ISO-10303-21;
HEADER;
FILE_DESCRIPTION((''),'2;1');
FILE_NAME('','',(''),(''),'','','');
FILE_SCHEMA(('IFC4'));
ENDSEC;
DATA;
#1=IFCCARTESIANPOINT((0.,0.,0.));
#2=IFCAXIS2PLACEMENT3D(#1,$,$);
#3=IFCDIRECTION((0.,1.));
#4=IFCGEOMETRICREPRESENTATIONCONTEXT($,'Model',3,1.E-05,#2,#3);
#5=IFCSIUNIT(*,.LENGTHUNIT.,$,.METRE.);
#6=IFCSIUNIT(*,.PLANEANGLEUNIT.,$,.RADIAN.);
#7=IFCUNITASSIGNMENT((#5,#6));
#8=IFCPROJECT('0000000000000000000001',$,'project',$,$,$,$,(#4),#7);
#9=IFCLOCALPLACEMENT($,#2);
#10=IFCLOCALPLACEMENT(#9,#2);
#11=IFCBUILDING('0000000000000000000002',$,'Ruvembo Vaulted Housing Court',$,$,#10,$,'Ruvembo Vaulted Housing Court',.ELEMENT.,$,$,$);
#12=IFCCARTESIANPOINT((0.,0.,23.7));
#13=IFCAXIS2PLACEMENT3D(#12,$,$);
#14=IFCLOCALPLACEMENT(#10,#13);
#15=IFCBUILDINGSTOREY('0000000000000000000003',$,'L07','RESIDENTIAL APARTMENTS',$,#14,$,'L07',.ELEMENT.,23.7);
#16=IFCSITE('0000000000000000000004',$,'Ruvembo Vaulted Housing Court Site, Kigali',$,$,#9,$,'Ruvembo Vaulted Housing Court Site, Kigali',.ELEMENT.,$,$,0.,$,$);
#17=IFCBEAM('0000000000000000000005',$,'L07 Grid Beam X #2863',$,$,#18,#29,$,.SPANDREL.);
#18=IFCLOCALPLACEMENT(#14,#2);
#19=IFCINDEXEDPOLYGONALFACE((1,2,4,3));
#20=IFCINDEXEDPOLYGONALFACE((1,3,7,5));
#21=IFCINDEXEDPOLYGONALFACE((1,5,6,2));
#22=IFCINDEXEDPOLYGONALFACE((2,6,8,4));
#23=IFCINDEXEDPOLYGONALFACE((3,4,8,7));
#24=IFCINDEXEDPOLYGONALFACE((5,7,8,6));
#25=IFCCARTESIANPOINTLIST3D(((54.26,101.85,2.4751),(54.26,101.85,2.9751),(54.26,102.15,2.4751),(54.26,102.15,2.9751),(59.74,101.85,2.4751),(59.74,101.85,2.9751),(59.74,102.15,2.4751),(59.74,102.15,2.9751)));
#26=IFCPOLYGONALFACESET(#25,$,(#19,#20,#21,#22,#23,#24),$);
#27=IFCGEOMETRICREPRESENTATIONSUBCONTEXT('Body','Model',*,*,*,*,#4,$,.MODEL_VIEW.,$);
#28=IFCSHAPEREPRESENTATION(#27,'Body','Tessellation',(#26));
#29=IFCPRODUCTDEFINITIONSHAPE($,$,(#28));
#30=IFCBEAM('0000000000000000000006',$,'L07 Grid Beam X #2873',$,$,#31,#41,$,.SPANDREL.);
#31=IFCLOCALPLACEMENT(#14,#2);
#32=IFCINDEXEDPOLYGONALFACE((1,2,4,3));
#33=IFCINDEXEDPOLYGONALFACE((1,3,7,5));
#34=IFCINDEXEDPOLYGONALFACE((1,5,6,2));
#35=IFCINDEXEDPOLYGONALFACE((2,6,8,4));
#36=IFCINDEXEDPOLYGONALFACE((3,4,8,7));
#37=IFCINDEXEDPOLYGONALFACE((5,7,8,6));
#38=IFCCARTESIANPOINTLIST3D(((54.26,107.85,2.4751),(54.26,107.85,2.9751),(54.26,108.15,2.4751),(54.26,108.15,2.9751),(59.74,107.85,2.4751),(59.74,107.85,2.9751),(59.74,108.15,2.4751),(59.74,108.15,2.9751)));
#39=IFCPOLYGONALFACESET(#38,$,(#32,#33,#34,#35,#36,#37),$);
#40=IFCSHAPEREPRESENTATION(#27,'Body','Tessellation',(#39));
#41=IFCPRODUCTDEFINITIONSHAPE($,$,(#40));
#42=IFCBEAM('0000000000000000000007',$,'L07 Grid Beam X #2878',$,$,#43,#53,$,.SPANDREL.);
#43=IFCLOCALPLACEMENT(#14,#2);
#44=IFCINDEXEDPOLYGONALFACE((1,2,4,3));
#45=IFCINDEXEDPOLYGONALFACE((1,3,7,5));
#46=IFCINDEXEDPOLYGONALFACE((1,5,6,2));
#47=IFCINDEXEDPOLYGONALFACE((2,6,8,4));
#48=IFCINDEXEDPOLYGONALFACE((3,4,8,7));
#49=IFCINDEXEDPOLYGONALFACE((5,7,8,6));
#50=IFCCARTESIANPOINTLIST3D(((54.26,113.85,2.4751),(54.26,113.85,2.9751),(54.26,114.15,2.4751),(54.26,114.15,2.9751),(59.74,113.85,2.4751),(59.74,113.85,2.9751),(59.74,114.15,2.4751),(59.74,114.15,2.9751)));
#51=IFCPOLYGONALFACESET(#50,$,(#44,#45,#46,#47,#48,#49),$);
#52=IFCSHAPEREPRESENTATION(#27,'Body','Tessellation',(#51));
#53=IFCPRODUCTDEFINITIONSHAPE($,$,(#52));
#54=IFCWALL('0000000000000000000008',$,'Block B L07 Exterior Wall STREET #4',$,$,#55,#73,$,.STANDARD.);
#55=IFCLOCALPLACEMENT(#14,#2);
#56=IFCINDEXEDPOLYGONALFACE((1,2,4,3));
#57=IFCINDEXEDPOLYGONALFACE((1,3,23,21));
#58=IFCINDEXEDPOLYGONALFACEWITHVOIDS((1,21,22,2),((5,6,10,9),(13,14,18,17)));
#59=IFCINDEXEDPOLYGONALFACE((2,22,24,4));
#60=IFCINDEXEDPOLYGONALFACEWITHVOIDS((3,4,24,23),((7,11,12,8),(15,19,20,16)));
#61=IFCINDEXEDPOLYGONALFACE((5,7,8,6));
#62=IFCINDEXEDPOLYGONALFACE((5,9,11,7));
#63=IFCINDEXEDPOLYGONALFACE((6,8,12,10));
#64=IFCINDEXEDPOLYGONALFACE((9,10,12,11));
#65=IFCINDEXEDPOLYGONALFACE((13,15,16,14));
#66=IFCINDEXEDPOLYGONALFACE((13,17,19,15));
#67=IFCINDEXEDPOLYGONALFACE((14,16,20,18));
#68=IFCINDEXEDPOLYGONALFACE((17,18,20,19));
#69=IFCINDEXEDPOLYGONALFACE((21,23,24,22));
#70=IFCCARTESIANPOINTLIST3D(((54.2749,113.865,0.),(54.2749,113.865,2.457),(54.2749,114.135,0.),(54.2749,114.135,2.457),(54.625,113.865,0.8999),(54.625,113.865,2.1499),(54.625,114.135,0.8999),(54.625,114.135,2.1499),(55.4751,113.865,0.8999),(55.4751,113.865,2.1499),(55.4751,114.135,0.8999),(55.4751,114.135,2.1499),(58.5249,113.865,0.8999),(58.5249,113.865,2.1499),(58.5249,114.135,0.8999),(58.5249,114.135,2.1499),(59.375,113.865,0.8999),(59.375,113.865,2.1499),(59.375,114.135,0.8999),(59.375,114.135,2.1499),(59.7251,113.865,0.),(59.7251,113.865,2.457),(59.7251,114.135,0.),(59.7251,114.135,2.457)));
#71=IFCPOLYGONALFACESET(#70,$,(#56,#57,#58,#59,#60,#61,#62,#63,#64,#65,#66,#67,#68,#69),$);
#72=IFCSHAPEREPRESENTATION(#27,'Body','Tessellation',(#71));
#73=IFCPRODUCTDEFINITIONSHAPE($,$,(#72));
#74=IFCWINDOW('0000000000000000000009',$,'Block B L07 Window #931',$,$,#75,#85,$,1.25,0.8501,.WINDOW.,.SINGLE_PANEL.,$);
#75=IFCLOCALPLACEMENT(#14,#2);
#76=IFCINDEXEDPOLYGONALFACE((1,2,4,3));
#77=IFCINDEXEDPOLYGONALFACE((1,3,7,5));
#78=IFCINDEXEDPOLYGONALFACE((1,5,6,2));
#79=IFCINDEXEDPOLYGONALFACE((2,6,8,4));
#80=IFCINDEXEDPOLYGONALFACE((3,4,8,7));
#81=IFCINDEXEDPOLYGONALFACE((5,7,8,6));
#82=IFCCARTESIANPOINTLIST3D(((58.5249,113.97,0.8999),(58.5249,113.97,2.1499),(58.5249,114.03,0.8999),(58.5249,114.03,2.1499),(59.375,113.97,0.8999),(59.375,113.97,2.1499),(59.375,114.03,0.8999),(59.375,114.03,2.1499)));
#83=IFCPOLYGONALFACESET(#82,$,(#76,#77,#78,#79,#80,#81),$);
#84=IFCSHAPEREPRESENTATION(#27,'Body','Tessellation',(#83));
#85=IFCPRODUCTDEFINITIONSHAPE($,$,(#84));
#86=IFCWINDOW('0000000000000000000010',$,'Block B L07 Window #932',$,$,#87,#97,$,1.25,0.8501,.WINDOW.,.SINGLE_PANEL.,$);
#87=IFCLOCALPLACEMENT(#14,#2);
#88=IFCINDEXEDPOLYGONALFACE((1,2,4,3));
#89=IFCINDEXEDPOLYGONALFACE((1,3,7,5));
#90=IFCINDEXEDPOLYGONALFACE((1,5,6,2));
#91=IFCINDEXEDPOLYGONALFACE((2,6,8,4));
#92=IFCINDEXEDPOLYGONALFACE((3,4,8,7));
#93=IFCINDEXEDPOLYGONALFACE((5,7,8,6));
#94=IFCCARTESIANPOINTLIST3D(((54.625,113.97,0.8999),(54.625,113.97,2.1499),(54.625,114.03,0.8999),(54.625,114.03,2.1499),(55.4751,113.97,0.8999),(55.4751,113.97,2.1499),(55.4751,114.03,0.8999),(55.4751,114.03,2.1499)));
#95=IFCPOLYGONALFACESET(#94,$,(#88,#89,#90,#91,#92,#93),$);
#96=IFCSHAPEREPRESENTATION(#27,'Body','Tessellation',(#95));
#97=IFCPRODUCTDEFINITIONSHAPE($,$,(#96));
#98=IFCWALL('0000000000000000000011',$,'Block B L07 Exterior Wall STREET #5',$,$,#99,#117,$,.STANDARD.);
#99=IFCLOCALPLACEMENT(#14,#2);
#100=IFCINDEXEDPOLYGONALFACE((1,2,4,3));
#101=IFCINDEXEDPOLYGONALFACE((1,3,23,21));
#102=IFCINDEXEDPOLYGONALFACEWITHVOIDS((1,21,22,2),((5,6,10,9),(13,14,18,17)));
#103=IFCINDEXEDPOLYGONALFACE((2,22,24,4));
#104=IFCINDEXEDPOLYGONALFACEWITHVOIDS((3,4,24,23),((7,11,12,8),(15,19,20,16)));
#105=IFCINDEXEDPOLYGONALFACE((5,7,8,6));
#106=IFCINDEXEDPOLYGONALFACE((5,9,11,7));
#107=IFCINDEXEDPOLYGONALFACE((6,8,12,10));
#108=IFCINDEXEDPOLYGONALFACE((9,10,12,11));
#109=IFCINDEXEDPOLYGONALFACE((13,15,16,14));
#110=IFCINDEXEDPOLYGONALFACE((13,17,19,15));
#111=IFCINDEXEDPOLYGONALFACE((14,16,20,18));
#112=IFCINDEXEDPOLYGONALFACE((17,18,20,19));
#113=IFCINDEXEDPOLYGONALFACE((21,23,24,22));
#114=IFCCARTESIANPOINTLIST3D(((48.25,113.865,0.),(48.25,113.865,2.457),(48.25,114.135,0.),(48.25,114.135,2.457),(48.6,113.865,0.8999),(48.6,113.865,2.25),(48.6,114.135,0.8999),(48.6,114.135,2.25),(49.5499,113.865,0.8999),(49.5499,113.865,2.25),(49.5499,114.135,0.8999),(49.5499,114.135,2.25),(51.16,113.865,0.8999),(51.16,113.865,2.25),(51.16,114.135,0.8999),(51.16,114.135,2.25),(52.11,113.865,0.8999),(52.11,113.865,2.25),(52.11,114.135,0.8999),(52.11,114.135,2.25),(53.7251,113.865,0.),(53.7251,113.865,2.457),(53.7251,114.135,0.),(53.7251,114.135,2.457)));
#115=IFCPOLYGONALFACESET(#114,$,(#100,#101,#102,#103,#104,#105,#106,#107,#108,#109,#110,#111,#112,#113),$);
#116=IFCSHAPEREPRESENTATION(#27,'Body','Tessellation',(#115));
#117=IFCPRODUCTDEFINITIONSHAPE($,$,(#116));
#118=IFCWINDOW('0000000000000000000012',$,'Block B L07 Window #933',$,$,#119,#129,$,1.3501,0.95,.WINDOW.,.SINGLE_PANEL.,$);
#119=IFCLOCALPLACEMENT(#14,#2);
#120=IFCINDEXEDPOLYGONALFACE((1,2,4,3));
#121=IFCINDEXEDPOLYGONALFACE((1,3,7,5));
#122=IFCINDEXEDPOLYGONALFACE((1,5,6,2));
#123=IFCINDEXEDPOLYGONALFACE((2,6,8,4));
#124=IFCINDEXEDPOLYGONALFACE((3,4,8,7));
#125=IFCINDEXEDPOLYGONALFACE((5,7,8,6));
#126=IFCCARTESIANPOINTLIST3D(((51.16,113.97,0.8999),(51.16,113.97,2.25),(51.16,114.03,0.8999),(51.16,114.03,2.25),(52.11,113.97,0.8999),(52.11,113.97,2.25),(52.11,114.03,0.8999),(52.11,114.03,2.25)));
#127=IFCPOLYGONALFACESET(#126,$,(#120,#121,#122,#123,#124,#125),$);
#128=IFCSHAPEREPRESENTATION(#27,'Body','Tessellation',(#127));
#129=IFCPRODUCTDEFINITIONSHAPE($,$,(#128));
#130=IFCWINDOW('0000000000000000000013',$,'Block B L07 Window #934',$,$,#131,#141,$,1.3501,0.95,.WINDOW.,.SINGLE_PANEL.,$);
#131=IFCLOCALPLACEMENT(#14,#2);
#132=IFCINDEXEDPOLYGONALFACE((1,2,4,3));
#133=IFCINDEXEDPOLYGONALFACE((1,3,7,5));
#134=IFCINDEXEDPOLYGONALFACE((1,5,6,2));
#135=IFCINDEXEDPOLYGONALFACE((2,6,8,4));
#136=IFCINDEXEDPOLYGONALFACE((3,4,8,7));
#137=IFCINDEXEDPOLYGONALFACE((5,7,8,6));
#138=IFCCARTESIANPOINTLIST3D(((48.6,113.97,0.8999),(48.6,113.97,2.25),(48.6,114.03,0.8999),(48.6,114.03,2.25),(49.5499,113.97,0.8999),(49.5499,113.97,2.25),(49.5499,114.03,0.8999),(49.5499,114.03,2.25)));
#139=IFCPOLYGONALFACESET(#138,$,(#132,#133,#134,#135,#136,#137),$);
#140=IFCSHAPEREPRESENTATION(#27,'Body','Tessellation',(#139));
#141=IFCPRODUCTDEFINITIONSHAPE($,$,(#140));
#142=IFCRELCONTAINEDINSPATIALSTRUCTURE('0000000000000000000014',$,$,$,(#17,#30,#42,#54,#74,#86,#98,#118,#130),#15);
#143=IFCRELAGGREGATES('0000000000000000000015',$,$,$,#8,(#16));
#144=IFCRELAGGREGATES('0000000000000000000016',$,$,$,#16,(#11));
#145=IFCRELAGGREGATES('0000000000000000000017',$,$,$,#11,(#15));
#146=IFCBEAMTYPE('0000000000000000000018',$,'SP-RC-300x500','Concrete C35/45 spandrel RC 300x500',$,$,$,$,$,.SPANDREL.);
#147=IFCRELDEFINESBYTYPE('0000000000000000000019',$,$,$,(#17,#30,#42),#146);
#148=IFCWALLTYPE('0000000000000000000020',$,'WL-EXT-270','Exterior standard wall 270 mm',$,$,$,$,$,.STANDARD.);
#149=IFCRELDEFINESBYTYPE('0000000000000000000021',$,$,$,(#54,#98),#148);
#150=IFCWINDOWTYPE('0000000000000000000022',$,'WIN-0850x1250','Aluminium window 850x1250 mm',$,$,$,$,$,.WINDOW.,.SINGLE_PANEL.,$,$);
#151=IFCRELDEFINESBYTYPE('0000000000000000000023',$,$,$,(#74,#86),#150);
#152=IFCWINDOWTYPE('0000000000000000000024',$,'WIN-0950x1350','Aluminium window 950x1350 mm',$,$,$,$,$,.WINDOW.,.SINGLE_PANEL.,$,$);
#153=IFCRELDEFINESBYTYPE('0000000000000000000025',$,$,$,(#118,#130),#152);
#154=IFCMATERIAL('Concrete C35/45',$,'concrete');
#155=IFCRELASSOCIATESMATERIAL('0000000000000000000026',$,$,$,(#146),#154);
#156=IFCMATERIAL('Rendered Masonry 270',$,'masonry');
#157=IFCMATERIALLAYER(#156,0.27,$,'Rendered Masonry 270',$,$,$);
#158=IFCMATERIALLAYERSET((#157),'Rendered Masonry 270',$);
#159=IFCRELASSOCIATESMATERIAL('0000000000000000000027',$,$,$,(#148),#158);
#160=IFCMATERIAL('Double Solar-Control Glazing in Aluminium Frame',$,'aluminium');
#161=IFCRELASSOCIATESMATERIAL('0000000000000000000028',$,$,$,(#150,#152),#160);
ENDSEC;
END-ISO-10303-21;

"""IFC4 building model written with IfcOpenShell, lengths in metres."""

from ifc_helpers import new_model, si_unit, direction, frame, frame_2d, origin, origin_2d, place, context, subcontext, project, spatial, rectangle, extrude, material, layer, layer_set, material_profile, profile_set, type_object, element, fill, save


model = new_model("IFC4")

# Units and contexts
model_context = context("Model", 3, precision=1e-05, world=origin(), true_north=direction((0.0, 1.0)))
body_context = subcontext(model_context, "Body", "Model", "MODEL_VIEW")
ifc_project = project(units=[si_unit("LENGTHUNIT", "METRE"), si_unit("PLANEANGLEUNIT", "RADIAN")], contexts=[model_context])

# Site, building, storey
site_placement = place(None, origin())
site = spatial("IfcSite", under=ifc_project, at=site_placement, Name="Ruvembo Vaulted Housing Court Site, Kigali", LongName="Ruvembo Vaulted Housing Court Site, Kigali", CompositionType="ELEMENT", RefElevation=0.0)
building_placement = place(site_placement, origin())
building = spatial("IfcBuilding", under=site, at=building_placement, Name="Ruvembo Vaulted Housing Court", LongName="Ruvembo Vaulted Housing Court", CompositionType="ELEMENT")
storey_placement = place(building_placement, frame((0.0, 0.0, 23.7)))
storey = spatial("IfcBuildingStorey", under=building, at=storey_placement, Name="L07", Description="RESIDENTIAL APARTMENTS", LongName="L07", CompositionType="ELEMENT", Elevation=23.7)

# Shared definitions
ifc_material_1 = material(Name="Concrete C35/45", Category="concrete")

# Beams
ifc_material_profile_1 = material_profile(ifc_material_1, rectangle(XDim=0.3, YDim=0.5, at=origin_2d()), Name="RC 300x500")
ifc_profile_set_1 = profile_set([ifc_material_profile_1], Name="Concrete C35/45")
beam_type_1 = type_object("IfcBeamType", Name="SP-RC-300x500", Description="Concrete C35/45 spandrel RC 300x500", PredefinedType="SPANDREL", material=ifc_profile_set_1)
for number, where, z_axis, x_axis, name in (
    (1, (54.26, 102.0, 2.7251), (1.0, 0.0, 0.0), (0.0, 1.0, 0.0), "L07 Grid Beam X #2863"),
    (2, (54.26, 108.0, 2.7251), (1.0, 0.0, 0.0), (0.0, 1.0, 0.0), "L07 Grid Beam X #2873"),
    (3, (54.26, 114.0, 2.7251), (1.0, 0.0, 0.0), (0.0, 1.0, 0.0), "L07 Grid Beam X #2878"),
):
    element("IfcBeam", number, at=place(storey_placement, frame(where, z_axis=z_axis, x_axis=x_axis)), inside=storey, type_object=beam_type_1, Name=name, PredefinedType="SPANDREL", context=body_context, shape_type="SweptSolid", body=[
        extrude(rectangle(XDim=0.3, YDim=0.5, at=origin_2d()), origin(), (0.0, 0.0, 1.0), 5.48),
    ])

# Walls, openings, windows
ifc_material_2 = material(Name="Rendered Masonry 270", Category="masonry")
ifc_layer = layer(ifc_material_2, 0.27, Name="Rendered Masonry 270")
ifc_layer_set = layer_set([ifc_layer], Name="Rendered Masonry 270")
wall_type = type_object("IfcWallType", Name="WL-EXT-270", Description="Exterior standard wall 270 mm", PredefinedType="STANDARD", material=ifc_layer_set)
wall_1_placement = place(storey_placement, frame((59.7251, 114.0, 0.0), z_axis=(0.0, 0.0, 1.0), x_axis=(-1.0, 0.0, 0.0)))
wall_1 = element("IfcWall", 4, at=wall_1_placement, inside=storey, type_object=wall_type, Name="Block B L07 Exterior Wall STREET #4", PredefinedType="STANDARD", context=body_context, shape_type="SweptSolid", body=[
    extrude(rectangle(XDim=5.4502, YDim=0.27, at=frame_2d((2.7251, 0.0))), origin(), (0.0, 0.0, 1.0), 2.457),
])
opening_1_placement = place(wall_1_placement, frame((0.3501, 0.0, 0.8999)))
opening_1 = element("IfcOpeningElement", 5, at=opening_1_placement, cuts=wall_1, PredefinedType="OPENING", context=body_context, shape_type="SweptSolid", body=[
    extrude(rectangle(XDim=0.8501, YDim=1.25, at=frame_2d((0.425, 0.625))), frame((0.0, 0.145, 0.0), z_axis=(0.0, -1.0, 0.0), x_axis=(1.0, 0.0, 0.0)), (0.0, 0.0, 1.0), 0.29),
])
opening_2_placement = place(wall_1_placement, frame((4.25, 0.0, 0.8999)))
opening_2 = element("IfcOpeningElement", 6, at=opening_2_placement, cuts=wall_1, PredefinedType="OPENING", context=body_context, shape_type="SweptSolid", body=[
    extrude(rectangle(XDim=0.8501, YDim=1.25, at=frame_2d((0.425, 0.625))), frame((0.0, 0.145, 0.0), z_axis=(0.0, -1.0, 0.0), x_axis=(1.0, 0.0, 0.0)), (0.0, 0.0, 1.0), 0.29),
])
ifc_material_3 = material(Name="Double Solar-Control Glazing in Aluminium Frame", Category="aluminium")
window_type_1 = type_object("IfcWindowType", Name="WIN-0850x1250", Description="Aluminium window 850x1250 mm", PartitioningType="SINGLE_PANEL", PredefinedType="WINDOW", material=ifc_material_3)
window_1_placement = place(opening_1_placement, origin())
window_1 = element("IfcWindow", 7, at=window_1_placement, inside=storey, type_object=window_type_1, Name="Block B L07 Window #931", OverallHeight=1.25, OverallWidth=0.8501, PartitioningType="SINGLE_PANEL", PredefinedType="WINDOW", context=body_context, shape_type="SweptSolid", body=[
    extrude(rectangle(XDim=0.8501, YDim=1.25, at=frame_2d((0.425, 0.625))), frame((0.0, 0.03, 0.0), z_axis=(0.0, -1.0, 0.0), x_axis=(1.0, 0.0, 0.0)), (0.0, 0.0, 1.0), 0.0601),
])
fill(opening_1, window_1)
window_2_placement = place(opening_2_placement, origin())
window_2 = element("IfcWindow", 8, at=window_2_placement, inside=storey, type_object=window_type_1, Name="Block B L07 Window #932", OverallHeight=1.25, OverallWidth=0.8501, PartitioningType="SINGLE_PANEL", PredefinedType="WINDOW", context=body_context, shape_type="SweptSolid", body=[
    extrude(rectangle(XDim=0.8501, YDim=1.25, at=frame_2d((0.425, 0.625))), frame((0.0, 0.03, 0.0), z_axis=(0.0, -1.0, 0.0), x_axis=(1.0, 0.0, 0.0)), (0.0, 0.0, 1.0), 0.0601),
])
fill(opening_2, window_2)
wall_2_placement = place(storey_placement, frame((53.7251, 114.0, 0.0), z_axis=(0.0, 0.0, 1.0), x_axis=(-1.0, 0.0, 0.0)))
wall_2 = element("IfcWall", 9, at=wall_2_placement, inside=storey, type_object=wall_type, Name="Block B L07 Exterior Wall STREET #5", PredefinedType="STANDARD", context=body_context, shape_type="SweptSolid", body=[
    extrude(rectangle(XDim=5.4751, YDim=0.27, at=frame_2d((2.7375, 0.0))), origin(), (0.0, 0.0, 1.0), 2.457),
])
opening_3_placement = place(wall_2_placement, frame((1.615, 0.0, 0.8999)))
opening_3 = element("IfcOpeningElement", 10, at=opening_3_placement, cuts=wall_2, PredefinedType="OPENING", context=body_context, shape_type="SweptSolid", body=[
    extrude(rectangle(XDim=0.95, YDim=1.3501, at=frame_2d((0.4751, 0.675))), frame((0.0, 0.145, 0.0), z_axis=(0.0, -1.0, 0.0), x_axis=(1.0, 0.0, 0.0)), (0.0, 0.0, 1.0), 0.29),
])
opening_4_placement = place(wall_2_placement, frame((4.175, 0.0, 0.8999)))
opening_4 = element("IfcOpeningElement", 11, at=opening_4_placement, cuts=wall_2, PredefinedType="OPENING", context=body_context, shape_type="SweptSolid", body=[
    extrude(rectangle(XDim=0.95, YDim=1.3501, at=frame_2d((0.4751, 0.675))), frame((0.0, 0.145, 0.0), z_axis=(0.0, -1.0, 0.0), x_axis=(1.0, 0.0, 0.0)), (0.0, 0.0, 1.0), 0.29),
])
window_type_2 = type_object("IfcWindowType", Name="WIN-0950x1350", Description="Aluminium window 950x1350 mm", PartitioningType="SINGLE_PANEL", PredefinedType="WINDOW", material=ifc_material_3)
window_3_placement = place(opening_3_placement, origin())
window_3 = element("IfcWindow", 12, at=window_3_placement, inside=storey, type_object=window_type_2, Name="Block B L07 Window #933", OverallHeight=1.3501, OverallWidth=0.95, PartitioningType="SINGLE_PANEL", PredefinedType="WINDOW", context=body_context, shape_type="SweptSolid", body=[
    extrude(rectangle(XDim=0.95, YDim=1.3501, at=frame_2d((0.4751, 0.675))), frame((0.0, 0.03, 0.0), z_axis=(0.0, -1.0, 0.0), x_axis=(1.0, 0.0, 0.0)), (0.0, 0.0, 1.0), 0.0601),
])
fill(opening_3, window_3)
window_4_placement = place(opening_4_placement, origin())
window_4 = element("IfcWindow", 13, at=window_4_placement, inside=storey, type_object=window_type_2, Name="Block B L07 Window #934", OverallHeight=1.3501, OverallWidth=0.95, PartitioningType="SINGLE_PANEL", PredefinedType="WINDOW", context=body_context, shape_type="SweptSolid", body=[
    extrude(rectangle(XDim=0.95, YDim=1.3501, at=frame_2d((0.4751, 0.675))), frame((0.0, 0.03, 0.0), z_axis=(0.0, -1.0, 0.0), x_axis=(1.0, 0.0, 0.0)), (0.0, 0.0, 1.0), 0.0601),
])
fill(opening_4, window_4)

save(model, "model.ifc")
